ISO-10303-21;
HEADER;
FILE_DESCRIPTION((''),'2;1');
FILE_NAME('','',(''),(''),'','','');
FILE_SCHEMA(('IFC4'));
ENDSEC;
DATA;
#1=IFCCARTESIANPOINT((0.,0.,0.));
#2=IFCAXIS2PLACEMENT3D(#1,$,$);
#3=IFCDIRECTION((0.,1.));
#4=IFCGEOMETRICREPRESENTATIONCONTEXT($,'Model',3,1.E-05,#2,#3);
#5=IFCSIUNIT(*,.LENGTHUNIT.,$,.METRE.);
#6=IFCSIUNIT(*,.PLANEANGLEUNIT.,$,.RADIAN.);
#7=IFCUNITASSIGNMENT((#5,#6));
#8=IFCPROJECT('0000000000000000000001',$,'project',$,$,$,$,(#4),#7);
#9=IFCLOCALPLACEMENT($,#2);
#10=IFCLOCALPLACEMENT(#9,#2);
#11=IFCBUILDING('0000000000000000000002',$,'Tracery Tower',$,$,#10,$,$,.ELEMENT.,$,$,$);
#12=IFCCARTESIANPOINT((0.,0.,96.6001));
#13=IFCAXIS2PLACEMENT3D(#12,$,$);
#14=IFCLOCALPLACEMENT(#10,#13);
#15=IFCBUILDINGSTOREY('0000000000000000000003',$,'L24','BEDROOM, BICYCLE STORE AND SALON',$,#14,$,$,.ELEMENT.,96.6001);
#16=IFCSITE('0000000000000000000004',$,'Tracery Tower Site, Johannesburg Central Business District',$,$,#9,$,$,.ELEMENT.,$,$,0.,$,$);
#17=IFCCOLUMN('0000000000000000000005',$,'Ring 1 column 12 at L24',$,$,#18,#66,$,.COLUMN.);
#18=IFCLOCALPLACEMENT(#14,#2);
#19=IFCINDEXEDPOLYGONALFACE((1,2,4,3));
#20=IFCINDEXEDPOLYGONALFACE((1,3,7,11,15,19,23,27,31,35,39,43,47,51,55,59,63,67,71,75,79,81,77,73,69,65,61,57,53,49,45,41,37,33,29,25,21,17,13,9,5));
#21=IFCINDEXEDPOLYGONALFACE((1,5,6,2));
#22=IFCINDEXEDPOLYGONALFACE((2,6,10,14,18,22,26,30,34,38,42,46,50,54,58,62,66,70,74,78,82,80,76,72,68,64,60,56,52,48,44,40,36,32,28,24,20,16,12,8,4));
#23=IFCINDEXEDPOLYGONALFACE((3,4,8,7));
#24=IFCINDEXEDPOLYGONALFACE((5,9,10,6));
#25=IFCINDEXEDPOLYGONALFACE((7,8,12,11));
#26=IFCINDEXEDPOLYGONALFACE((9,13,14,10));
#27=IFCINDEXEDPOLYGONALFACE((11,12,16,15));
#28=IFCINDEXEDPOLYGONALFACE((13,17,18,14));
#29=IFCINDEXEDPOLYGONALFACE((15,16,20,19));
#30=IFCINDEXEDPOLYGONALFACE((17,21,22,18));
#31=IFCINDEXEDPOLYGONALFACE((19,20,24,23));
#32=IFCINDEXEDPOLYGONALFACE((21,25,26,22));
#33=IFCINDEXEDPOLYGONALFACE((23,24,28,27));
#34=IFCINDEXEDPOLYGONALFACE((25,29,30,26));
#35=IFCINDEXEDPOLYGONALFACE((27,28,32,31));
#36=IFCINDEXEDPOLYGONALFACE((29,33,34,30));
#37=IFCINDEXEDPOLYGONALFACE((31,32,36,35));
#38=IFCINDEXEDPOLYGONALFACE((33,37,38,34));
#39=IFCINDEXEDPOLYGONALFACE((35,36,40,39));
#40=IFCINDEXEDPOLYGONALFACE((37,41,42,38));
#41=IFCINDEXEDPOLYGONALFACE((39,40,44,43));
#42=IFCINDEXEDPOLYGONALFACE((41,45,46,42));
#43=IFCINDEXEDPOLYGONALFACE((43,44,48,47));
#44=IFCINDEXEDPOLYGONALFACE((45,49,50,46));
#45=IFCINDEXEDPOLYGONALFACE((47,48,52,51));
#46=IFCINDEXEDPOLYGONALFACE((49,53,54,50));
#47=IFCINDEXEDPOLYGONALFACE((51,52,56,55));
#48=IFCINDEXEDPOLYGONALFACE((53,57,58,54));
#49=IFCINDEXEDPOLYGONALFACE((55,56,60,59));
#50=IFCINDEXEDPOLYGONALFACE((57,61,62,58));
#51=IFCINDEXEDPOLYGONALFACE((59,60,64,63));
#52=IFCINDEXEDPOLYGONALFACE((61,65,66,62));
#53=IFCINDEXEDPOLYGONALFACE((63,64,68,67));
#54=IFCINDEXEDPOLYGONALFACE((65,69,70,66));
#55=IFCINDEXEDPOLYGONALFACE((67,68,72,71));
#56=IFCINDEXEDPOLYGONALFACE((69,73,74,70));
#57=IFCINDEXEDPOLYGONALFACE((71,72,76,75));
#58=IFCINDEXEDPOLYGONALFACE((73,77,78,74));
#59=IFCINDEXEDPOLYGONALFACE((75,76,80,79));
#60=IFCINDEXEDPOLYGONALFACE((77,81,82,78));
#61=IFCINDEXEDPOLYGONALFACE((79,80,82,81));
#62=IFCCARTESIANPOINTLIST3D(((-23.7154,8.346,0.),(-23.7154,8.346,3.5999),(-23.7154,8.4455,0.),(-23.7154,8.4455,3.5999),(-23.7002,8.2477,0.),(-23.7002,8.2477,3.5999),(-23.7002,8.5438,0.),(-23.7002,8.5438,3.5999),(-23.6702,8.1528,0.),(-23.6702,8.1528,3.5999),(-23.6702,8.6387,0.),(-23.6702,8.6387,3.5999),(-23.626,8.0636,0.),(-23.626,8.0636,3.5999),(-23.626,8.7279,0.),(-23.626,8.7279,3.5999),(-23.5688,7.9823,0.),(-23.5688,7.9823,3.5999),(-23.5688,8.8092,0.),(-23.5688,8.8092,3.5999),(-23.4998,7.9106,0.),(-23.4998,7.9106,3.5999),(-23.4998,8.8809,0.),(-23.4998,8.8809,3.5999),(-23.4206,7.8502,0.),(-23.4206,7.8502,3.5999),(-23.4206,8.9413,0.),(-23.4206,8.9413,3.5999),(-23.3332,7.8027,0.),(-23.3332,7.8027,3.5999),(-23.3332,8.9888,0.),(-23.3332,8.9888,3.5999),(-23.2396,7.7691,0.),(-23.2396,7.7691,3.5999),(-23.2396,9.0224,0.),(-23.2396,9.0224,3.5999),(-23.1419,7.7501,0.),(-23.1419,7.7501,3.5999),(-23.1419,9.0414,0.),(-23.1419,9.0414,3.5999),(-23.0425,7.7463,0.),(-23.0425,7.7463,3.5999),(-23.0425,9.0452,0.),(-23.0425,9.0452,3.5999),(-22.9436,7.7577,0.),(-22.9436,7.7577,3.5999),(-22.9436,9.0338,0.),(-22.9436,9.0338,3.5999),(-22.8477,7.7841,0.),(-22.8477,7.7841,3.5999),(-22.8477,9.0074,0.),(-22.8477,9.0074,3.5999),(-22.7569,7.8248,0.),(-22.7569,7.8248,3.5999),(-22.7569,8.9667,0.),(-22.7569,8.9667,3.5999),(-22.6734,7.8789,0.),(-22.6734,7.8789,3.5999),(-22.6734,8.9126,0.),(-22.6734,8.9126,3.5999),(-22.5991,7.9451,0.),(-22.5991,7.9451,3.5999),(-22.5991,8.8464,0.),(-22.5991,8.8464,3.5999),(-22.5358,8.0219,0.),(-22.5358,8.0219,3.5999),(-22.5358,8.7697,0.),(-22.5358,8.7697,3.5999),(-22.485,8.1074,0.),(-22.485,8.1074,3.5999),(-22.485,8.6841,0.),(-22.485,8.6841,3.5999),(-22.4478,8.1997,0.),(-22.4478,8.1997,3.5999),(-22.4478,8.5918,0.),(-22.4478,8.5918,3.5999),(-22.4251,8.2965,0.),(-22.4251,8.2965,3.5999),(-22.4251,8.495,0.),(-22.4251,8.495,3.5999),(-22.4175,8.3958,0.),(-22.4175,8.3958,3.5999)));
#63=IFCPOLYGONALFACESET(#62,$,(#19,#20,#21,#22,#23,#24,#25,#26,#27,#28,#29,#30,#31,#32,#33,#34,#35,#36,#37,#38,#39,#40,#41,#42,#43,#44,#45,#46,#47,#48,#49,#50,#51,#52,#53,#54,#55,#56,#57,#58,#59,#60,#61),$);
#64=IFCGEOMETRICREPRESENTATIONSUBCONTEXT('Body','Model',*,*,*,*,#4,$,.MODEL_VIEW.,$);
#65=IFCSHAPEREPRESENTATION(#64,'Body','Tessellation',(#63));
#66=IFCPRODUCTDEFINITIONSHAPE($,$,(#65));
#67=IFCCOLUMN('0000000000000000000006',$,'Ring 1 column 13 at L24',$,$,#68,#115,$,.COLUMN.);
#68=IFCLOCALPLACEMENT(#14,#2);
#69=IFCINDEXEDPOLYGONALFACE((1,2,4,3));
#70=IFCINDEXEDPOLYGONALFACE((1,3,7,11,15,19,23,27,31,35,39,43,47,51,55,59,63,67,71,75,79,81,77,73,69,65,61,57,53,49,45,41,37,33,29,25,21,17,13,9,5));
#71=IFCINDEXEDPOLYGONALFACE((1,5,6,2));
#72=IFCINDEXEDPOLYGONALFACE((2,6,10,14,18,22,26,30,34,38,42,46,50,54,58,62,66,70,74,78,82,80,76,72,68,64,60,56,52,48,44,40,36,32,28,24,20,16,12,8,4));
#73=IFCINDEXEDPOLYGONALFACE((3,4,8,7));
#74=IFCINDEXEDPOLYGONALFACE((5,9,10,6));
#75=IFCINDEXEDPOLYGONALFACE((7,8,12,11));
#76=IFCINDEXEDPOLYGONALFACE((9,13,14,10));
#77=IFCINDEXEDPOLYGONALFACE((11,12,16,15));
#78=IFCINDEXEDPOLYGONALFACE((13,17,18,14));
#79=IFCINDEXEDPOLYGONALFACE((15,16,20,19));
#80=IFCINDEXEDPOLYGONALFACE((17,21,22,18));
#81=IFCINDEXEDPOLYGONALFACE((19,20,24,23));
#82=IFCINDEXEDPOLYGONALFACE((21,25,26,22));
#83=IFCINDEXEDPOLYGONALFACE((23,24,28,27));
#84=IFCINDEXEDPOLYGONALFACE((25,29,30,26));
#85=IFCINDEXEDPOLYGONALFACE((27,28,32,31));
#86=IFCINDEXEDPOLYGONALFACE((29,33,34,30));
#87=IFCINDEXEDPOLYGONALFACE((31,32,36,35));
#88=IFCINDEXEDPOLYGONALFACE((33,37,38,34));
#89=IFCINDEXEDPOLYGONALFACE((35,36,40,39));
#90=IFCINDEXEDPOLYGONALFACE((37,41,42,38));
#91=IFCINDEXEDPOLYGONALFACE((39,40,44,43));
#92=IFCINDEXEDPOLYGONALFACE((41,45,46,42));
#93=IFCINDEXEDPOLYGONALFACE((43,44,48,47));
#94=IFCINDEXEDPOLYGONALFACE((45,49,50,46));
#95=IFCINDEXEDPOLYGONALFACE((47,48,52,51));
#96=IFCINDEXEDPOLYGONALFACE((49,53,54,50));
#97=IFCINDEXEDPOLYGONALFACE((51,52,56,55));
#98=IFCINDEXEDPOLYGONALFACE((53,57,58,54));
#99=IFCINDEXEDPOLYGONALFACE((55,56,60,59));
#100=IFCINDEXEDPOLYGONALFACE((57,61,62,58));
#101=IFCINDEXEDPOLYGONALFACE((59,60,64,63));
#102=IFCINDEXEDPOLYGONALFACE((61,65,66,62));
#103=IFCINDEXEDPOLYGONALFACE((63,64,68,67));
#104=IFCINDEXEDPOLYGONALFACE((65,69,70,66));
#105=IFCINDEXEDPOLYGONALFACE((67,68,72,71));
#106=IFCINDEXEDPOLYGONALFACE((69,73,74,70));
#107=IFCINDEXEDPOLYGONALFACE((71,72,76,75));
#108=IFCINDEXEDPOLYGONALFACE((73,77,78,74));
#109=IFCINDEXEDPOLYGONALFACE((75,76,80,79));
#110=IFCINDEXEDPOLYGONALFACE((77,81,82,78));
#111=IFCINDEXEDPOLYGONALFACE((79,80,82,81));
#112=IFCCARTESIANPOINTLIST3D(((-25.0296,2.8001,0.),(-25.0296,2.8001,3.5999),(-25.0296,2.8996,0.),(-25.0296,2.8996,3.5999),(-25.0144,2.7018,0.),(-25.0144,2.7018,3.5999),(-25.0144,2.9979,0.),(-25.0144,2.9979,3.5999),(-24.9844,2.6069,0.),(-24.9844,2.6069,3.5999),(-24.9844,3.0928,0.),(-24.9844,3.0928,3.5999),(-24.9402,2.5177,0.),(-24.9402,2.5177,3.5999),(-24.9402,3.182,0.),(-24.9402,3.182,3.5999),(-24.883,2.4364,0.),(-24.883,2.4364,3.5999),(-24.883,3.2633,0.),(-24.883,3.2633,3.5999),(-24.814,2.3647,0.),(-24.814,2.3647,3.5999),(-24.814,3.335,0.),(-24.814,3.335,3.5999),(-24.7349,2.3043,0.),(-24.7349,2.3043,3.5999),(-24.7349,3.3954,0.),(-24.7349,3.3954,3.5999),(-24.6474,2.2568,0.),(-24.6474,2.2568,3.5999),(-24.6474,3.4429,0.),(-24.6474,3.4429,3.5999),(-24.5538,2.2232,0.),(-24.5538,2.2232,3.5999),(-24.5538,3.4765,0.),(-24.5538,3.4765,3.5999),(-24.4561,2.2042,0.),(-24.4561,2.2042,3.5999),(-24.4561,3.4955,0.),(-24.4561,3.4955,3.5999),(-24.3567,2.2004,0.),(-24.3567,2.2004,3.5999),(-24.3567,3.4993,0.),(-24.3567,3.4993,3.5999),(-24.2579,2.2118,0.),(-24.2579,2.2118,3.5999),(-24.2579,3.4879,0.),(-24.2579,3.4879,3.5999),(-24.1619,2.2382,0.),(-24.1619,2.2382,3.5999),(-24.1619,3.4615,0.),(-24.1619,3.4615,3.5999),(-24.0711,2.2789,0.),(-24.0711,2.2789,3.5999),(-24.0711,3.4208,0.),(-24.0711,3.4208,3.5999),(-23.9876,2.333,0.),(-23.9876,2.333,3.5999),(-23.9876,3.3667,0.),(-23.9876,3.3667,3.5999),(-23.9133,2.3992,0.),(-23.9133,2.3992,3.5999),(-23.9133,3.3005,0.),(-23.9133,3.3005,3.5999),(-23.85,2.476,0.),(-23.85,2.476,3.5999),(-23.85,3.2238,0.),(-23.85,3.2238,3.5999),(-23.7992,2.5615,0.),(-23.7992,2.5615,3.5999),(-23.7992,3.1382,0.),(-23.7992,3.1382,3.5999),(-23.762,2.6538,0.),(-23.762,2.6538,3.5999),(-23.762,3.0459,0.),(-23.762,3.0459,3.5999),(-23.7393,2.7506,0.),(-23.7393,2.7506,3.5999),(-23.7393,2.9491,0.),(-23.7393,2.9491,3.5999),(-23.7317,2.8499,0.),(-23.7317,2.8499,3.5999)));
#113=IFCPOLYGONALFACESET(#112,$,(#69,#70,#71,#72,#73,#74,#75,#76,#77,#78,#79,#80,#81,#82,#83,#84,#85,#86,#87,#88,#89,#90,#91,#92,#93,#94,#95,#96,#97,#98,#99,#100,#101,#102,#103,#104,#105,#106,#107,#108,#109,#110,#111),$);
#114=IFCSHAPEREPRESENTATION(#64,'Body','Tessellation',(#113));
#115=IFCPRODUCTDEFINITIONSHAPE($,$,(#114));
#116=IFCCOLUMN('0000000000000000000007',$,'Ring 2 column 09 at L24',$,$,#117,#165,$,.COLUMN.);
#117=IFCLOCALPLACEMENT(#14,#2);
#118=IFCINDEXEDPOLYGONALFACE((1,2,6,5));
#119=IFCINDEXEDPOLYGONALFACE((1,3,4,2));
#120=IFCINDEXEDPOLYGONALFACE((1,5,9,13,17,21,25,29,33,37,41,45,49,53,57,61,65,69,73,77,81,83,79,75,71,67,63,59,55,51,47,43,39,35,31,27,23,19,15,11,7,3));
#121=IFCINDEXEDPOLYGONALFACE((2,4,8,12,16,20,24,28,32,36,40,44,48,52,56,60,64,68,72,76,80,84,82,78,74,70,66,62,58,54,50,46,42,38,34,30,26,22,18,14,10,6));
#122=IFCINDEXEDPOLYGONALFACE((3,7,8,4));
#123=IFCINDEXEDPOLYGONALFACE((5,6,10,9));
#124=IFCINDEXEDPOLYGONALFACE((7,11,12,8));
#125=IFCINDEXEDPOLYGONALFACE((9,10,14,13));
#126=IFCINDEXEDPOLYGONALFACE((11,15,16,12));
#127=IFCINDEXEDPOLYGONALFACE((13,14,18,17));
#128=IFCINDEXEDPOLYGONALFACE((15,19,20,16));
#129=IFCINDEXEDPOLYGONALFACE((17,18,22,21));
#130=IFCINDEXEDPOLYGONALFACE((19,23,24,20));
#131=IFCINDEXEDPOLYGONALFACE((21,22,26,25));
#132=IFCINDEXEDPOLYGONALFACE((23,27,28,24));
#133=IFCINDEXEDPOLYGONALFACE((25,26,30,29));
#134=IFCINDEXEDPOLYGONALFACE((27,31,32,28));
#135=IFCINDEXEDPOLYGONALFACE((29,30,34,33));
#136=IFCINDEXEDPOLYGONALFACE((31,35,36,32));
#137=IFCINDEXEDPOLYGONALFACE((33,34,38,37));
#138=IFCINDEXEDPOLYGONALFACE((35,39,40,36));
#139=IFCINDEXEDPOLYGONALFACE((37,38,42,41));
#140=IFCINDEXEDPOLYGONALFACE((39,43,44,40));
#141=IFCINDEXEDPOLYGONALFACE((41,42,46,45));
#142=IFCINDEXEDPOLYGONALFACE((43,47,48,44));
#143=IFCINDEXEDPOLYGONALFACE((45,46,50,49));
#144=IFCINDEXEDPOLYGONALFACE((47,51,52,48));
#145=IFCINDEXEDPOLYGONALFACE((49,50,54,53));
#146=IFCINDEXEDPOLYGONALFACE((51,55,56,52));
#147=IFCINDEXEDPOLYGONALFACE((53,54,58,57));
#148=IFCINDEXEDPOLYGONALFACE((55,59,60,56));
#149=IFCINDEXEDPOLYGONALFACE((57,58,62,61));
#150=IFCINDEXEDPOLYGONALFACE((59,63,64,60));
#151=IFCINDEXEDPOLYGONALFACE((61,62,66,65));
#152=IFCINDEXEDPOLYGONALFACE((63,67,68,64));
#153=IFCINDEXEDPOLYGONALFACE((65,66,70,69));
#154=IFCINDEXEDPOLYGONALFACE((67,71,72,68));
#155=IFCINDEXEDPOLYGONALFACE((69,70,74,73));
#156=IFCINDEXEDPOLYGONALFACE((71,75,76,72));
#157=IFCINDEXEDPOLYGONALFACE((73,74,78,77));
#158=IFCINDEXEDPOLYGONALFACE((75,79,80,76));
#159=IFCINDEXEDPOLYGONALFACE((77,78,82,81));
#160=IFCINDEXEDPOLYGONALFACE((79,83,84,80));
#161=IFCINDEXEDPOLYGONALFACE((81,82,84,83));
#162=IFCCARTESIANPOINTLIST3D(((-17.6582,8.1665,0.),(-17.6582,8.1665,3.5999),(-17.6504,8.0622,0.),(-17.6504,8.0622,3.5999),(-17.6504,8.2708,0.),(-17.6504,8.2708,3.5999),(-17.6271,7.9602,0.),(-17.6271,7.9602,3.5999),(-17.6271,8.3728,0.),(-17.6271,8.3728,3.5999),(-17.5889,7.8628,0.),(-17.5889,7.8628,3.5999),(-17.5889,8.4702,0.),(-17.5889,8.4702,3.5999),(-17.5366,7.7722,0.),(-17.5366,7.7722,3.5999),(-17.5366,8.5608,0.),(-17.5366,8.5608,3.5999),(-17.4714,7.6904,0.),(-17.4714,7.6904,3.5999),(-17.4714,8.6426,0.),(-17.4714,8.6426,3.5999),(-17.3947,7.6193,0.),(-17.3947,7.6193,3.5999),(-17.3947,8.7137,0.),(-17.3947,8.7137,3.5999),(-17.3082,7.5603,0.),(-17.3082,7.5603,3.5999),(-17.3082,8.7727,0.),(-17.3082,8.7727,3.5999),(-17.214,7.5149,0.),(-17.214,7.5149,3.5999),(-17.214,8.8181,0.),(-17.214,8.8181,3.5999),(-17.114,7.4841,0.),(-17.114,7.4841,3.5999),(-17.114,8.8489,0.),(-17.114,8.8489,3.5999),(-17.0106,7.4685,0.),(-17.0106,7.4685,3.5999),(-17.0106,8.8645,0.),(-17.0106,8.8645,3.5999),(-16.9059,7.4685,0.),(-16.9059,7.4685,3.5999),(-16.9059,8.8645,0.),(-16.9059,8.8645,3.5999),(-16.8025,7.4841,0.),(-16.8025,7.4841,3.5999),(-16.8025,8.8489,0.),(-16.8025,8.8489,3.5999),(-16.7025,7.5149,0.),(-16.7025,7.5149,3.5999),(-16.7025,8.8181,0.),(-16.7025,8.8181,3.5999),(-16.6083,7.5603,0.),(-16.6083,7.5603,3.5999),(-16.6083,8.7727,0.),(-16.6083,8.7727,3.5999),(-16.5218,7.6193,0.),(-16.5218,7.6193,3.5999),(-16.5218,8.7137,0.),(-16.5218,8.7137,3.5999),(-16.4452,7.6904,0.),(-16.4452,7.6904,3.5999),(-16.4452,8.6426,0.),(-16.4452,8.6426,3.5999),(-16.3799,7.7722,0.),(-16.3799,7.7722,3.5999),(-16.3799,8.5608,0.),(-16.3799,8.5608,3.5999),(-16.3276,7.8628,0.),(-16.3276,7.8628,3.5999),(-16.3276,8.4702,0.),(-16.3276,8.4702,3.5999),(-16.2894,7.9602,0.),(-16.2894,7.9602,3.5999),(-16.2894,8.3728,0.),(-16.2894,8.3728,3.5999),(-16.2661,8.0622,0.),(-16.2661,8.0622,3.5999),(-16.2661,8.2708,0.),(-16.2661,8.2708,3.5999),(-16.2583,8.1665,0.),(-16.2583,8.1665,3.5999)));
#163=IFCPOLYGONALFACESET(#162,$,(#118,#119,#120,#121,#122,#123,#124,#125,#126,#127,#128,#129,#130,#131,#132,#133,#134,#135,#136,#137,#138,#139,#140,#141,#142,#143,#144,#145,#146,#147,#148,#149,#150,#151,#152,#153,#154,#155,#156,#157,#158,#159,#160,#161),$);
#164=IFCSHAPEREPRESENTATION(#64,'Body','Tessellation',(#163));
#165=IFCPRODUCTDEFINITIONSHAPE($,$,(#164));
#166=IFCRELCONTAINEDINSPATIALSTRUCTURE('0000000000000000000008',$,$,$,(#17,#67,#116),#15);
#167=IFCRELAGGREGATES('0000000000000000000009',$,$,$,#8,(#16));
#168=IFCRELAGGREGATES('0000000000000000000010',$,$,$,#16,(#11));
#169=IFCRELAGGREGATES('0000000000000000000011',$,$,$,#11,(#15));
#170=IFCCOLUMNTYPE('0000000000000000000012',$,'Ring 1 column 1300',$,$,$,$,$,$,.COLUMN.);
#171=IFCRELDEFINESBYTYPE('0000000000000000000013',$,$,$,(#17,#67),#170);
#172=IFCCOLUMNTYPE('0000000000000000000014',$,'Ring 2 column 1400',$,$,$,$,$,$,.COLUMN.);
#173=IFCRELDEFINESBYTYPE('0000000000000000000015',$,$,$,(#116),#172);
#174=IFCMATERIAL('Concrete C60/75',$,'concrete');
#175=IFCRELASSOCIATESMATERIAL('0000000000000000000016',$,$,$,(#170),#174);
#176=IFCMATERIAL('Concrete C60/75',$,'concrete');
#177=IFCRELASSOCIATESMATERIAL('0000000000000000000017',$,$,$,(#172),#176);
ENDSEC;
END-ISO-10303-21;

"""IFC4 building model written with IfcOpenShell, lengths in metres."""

from ifc_helpers import new_model, si_unit, direction, frame, origin, origin_2d, place, context, subcontext, project, spatial, circle, extrude, material, material_profile, profile_set, type_object, element, save


model = new_model("IFC4")

# Units and contexts
model_context = context("Model", 3, precision=1e-05, world=origin(), true_north=direction((0.0, 1.0)))
body_context = subcontext(model_context, "Body", "Model", "MODEL_VIEW")
ifc_project = project(units=[si_unit("LENGTHUNIT", "METRE"), si_unit("PLANEANGLEUNIT", "RADIAN")], contexts=[model_context])

# Site, building, storey
site_placement = place(None, origin())
site = spatial("IfcSite", under=ifc_project, at=site_placement, Name="Tracery Tower Site, Johannesburg Central Business District", CompositionType="ELEMENT", RefElevation=0.0)
building_placement = place(site_placement, origin())
building = spatial("IfcBuilding", under=site, at=building_placement, Name="Tracery Tower", CompositionType="ELEMENT")
storey_placement = place(building_placement, frame((0.0, 0.0, 96.6001)))
storey = spatial("IfcBuildingStorey", under=building, at=storey_placement, Name="L24", Description="BEDROOM, BICYCLE STORE AND SALON", CompositionType="ELEMENT", Elevation=96.6001)

# Columns
ifc_material_1 = material(Name="Concrete C60/75", Category="concrete")
ifc_material_profile_1 = material_profile(ifc_material_1, circle(Radius=0.6499, at=origin_2d()), Name="RC D1300")
ifc_profile_set_1 = profile_set([ifc_material_profile_1], Name="Concrete C60/75")
column_type_1 = type_object("IfcColumnType", Name="Ring 1 column 1300", PredefinedType="COLUMN", material=ifc_profile_set_1)
for number, where, z_axis, x_axis, name in (
    (1, (-23.0674, 8.3958, 0.0), (0.0, 0.0, 1.0), (1.0, 0.0, 0.0), "Ring 1 column 12 at L24"),
    (2, (-24.3816, 2.8499, 0.0), (0.0, 0.0, 1.0), (1.0, 0.0, 0.0), "Ring 1 column 13 at L24"),
):
    element("IfcColumn", number, at=place(storey_placement, frame(where, z_axis=z_axis, x_axis=x_axis)), inside=storey, type_object=column_type_1, Name=name, PredefinedType="COLUMN", context=body_context, shape_type="SweptSolid", body=[
        extrude(circle(Radius=0.6499, at=origin_2d()), origin(), (0.0, 0.0, 1.0), 3.5999),
    ])
ifc_material_2 = material(Name="Concrete C60/75", Category="concrete")
ifc_material_profile_2 = material_profile(ifc_material_2, circle(Radius=0.7, at=origin_2d()), Name="RC D1400")
ifc_profile_set_2 = profile_set([ifc_material_profile_2], Name="Concrete C60/75")
column_type_2 = type_object("IfcColumnType", Name="Ring 2 column 1400", PredefinedType="COLUMN", material=ifc_profile_set_2)
for number, where, z_axis, x_axis, name in (
    (3, (-16.9583, 8.1665, 0.0), (0.0, 0.0, 1.0), (1.0, 0.0, 0.0), "Ring 2 column 09 at L24"),
):
    element("IfcColumn", number, at=place(storey_placement, frame(where, z_axis=z_axis, x_axis=x_axis)), inside=storey, type_object=column_type_2, Name=name, PredefinedType="COLUMN", context=body_context, shape_type="SweptSolid", body=[
        extrude(circle(Radius=0.7, at=origin_2d()), origin(), (0.0, 0.0, 1.0), 3.5999),
    ])

save(model, "model.ifc")
